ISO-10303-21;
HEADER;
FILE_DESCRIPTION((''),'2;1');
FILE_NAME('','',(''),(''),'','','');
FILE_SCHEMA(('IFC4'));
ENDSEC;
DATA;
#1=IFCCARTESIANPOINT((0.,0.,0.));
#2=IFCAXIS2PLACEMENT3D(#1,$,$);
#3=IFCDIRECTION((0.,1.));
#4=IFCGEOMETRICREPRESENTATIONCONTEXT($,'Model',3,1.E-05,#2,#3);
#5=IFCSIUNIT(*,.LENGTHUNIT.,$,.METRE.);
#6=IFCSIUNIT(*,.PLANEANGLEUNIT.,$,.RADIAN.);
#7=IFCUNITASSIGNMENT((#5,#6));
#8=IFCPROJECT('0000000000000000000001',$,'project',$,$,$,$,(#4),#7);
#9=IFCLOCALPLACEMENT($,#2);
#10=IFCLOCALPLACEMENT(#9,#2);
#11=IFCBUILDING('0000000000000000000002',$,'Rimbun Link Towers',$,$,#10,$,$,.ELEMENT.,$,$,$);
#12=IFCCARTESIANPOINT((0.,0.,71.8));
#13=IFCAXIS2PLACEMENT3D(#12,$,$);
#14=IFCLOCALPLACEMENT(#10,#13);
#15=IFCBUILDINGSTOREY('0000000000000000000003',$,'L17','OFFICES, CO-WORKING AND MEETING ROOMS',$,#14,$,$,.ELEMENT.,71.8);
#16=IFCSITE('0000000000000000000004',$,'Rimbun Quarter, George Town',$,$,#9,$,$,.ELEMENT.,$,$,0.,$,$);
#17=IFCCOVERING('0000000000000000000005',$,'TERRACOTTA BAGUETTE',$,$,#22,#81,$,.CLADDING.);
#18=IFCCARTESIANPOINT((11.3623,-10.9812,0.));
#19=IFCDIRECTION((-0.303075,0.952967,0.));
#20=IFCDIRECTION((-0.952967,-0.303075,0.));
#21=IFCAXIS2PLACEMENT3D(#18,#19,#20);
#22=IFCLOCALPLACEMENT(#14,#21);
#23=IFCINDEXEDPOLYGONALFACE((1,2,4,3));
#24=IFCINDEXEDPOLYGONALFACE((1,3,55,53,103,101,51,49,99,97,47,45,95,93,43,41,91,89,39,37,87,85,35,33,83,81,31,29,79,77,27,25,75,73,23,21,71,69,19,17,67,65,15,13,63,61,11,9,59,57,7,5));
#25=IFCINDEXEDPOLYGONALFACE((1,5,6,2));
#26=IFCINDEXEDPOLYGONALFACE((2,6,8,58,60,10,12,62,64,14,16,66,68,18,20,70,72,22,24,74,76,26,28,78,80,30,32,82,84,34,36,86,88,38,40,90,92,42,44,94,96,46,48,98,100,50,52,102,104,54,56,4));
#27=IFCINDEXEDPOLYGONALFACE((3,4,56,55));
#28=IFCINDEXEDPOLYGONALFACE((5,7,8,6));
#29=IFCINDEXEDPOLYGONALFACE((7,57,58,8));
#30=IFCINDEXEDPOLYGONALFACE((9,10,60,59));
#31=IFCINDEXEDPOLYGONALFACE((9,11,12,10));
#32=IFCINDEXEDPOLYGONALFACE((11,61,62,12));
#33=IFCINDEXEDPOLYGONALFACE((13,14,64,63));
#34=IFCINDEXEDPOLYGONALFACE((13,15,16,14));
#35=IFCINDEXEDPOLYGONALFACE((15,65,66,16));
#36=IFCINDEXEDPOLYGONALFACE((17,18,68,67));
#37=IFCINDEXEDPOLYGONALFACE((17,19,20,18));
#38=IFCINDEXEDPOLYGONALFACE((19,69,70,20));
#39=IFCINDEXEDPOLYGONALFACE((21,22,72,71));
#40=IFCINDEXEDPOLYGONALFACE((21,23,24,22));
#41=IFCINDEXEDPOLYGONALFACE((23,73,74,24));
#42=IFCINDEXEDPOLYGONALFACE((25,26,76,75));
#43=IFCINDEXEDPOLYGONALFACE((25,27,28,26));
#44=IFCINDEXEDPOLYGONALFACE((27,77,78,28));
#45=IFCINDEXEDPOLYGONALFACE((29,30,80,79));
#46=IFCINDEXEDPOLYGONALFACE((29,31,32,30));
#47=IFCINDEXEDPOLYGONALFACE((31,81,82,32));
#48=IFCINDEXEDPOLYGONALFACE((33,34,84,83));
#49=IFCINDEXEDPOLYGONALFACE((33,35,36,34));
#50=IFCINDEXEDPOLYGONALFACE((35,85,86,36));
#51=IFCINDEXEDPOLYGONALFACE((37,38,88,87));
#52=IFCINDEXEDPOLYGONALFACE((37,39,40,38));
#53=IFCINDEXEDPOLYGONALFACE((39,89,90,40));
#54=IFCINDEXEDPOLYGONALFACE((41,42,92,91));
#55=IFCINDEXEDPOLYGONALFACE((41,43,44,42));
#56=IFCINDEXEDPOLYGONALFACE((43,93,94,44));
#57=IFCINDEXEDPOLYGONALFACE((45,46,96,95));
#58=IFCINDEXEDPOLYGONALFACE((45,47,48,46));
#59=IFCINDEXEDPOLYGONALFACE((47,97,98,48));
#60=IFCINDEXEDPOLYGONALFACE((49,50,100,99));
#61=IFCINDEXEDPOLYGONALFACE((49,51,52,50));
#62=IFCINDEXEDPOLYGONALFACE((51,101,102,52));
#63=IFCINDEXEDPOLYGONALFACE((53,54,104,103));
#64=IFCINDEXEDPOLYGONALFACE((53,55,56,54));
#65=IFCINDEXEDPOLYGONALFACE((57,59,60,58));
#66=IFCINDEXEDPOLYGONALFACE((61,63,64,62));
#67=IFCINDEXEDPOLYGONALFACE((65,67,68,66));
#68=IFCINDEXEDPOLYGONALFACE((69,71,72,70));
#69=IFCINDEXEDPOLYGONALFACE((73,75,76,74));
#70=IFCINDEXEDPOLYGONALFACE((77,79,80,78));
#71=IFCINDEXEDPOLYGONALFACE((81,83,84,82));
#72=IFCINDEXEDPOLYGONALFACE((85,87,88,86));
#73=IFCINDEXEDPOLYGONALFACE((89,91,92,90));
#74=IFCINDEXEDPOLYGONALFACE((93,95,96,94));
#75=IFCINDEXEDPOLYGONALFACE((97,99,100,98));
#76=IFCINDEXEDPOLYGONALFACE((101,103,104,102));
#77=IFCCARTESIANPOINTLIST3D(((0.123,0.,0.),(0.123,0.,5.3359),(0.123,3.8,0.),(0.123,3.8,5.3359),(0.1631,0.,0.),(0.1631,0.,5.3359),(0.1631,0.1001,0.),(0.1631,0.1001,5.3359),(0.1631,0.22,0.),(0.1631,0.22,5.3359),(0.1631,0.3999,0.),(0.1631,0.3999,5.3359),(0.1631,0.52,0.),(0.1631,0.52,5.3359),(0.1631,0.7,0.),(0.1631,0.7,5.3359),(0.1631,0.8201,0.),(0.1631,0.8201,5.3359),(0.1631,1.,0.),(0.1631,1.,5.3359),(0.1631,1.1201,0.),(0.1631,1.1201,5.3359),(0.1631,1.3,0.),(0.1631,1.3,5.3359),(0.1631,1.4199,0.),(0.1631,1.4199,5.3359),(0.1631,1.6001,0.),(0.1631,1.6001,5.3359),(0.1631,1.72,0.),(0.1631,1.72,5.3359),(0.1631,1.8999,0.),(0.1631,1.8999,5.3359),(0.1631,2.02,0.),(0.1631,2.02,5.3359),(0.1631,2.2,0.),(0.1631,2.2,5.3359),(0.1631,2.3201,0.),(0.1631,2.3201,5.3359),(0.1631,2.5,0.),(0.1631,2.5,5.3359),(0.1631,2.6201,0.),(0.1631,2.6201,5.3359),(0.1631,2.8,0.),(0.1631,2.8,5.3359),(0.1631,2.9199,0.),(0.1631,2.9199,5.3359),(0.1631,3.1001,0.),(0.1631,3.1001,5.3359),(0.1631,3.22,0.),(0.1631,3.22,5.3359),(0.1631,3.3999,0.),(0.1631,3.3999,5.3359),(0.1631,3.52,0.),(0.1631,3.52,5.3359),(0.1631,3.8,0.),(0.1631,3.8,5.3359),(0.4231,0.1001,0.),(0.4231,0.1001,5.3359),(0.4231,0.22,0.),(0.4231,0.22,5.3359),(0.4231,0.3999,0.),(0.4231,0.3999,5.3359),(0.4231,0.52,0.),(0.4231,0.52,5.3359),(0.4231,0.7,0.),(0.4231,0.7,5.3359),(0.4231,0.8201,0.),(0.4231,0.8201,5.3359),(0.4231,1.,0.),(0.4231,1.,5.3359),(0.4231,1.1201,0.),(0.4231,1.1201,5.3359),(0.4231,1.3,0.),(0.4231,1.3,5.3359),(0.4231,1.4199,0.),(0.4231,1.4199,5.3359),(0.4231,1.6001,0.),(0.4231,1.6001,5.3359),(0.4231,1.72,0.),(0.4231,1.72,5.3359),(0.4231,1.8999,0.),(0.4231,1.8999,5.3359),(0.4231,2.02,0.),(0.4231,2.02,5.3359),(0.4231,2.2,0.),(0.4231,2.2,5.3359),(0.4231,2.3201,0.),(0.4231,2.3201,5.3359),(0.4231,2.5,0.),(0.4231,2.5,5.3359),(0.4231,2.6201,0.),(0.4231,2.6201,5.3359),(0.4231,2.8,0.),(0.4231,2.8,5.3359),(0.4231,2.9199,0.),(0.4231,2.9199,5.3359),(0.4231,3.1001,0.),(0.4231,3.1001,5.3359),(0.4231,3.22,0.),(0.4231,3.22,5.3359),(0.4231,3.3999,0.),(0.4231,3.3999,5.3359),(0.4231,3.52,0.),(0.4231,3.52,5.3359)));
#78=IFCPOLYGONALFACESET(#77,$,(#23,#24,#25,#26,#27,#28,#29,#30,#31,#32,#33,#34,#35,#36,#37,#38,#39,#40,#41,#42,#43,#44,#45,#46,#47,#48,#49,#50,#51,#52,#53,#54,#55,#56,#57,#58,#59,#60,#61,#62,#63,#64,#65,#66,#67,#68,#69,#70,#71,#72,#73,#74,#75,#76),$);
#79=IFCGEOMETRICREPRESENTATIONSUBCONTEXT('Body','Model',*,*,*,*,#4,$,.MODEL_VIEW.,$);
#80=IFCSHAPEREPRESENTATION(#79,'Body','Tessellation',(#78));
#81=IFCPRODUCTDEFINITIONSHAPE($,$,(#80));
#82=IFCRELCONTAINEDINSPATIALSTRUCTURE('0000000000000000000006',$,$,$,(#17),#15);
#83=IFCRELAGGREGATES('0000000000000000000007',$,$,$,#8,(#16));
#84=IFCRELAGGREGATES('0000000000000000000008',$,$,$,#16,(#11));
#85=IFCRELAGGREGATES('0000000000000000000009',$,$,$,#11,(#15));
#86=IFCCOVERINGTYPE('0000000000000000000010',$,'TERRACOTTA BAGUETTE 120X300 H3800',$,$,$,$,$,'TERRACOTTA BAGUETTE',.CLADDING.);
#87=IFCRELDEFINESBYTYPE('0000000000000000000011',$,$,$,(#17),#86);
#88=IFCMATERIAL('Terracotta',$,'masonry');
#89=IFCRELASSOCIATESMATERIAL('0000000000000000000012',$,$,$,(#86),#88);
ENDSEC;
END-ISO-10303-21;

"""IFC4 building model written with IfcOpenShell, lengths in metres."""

from ifc_helpers import new_model, si_unit, direction, frame, origin, place, context, subcontext, project, spatial, polyline, outline, extrude, material, material_profile, profile_set, type_object, element, save


model = new_model("IFC4")

# Units and contexts
model_context = context("Model", 3, precision=1e-05, world=origin(), true_north=direction((0.0, 1.0)))
body_context = subcontext(model_context, "Body", "Model", "MODEL_VIEW")
ifc_project = project(units=[si_unit("LENGTHUNIT", "METRE"), si_unit("PLANEANGLEUNIT", "RADIAN")], contexts=[model_context])

# Site, building, storey
site_placement = place(None, origin())
site = spatial("IfcSite", under=ifc_project, at=site_placement, Name="Rimbun Quarter, George Town", CompositionType="ELEMENT", RefElevation=0.0)
building_placement = place(site_placement, origin())
building = spatial("IfcBuilding", under=site, at=building_placement, Name="Rimbun Link Towers", CompositionType="ELEMENT")
storey_placement = place(building_placement, frame((0.0, 0.0, 71.8)))
storey = spatial("IfcBuildingStorey", under=building, at=storey_placement, Name="L17", Description="OFFICES, CO-WORKING AND MEETING ROOMS", CompositionType="ELEMENT", Elevation=71.8)

# Covering
ifc_material_1 = material(Name="Terracotta", Category="masonry")
ifc_material_profile_1 = material_profile(ifc_material_1, outline(polyline([(0.123, 0.0), (0.1631, 0.0), (0.1631, 0.1001), (0.4231, 0.1001), (0.4231, 0.22), (0.1631, 0.22), (0.1631, 0.3999), (0.4231, 0.3999), (0.4231, 0.52), (0.1631, 0.52), (0.1631, 0.7), (0.4231, 0.7), (0.4231, 0.8201), (0.1631, 0.8201), (0.1631, 1.0), (0.4231, 1.0), (0.4231, 1.1201), (0.1631, 1.1201), (0.1631, 1.3), (0.4231, 1.3), (0.4231, 1.4199), (0.1631, 1.4199), (0.1631, 1.6001), (0.4231, 1.6001), (0.4231, 1.72), (0.1631, 1.72), (0.1631, 1.8999), (0.4231, 1.8999), (0.4231, 2.02), (0.1631, 2.02), (0.1631, 2.2), (0.4231, 2.2), (0.4231, 2.3201), (0.1631, 2.3201), (0.1631, 2.5), (0.4231, 2.5), (0.4231, 2.6201), (0.1631, 2.6201), (0.1631, 2.8), (0.4231, 2.8), (0.4231, 2.9199), (0.1631, 2.9199), (0.1631, 3.1001), (0.4231, 3.1001), (0.4231, 3.22), (0.1631, 3.22), (0.1631, 3.3999), (0.4231, 3.3999), (0.4231, 3.52), (0.1631, 3.52), (0.1631, 3.8), (0.123, 3.8), (0.123, 0.0)])), Name="BAGUETTE 120X300")
ifc_profile_set_1 = profile_set([ifc_material_profile_1], Name="Terracotta")
covering_type_1 = type_object("IfcCoveringType", Name="TERRACOTTA BAGUETTE 120X300 H3800", ElementType="TERRACOTTA BAGUETTE", PredefinedType="CLADDING", material=ifc_profile_set_1)
covering_1_placement = place(storey_placement, frame((11.3623, -10.9812, 0.0), z_axis=(-0.303075, 0.952967, 0.0), x_axis=(-0.952967, -0.303075, 0.0)))
element("IfcCovering", 1, at=covering_1_placement, inside=storey, type_object=covering_type_1, Name="TERRACOTTA BAGUETTE", PredefinedType="CLADDING", context=body_context, shape_type="SweptSolid", body=[
    extrude(outline(polyline([(0.123, 0.0), (0.1631, 0.0), (0.1631, 0.1001), (0.4231, 0.1001), (0.4231, 0.22), (0.1631, 0.22), (0.1631, 0.3999), (0.4231, 0.3999), (0.4231, 0.52), (0.1631, 0.52), (0.1631, 0.7), (0.4231, 0.7), (0.4231, 0.8201), (0.1631, 0.8201), (0.1631, 1.0), (0.4231, 1.0), (0.4231, 1.1201), (0.1631, 1.1201), (0.1631, 1.3), (0.4231, 1.3), (0.4231, 1.4199), (0.1631, 1.4199), (0.1631, 1.6001), (0.4231, 1.6001), (0.4231, 1.72), (0.1631, 1.72), (0.1631, 1.8999), (0.4231, 1.8999), (0.4231, 2.02), (0.1631, 2.02), (0.1631, 2.2), (0.4231, 2.2), (0.4231, 2.3201), (0.1631, 2.3201), (0.1631, 2.5), (0.4231, 2.5), (0.4231, 2.6201), (0.1631, 2.6201), (0.1631, 2.8), (0.4231, 2.8), (0.4231, 2.9199), (0.1631, 2.9199), (0.1631, 3.1001), (0.4231, 3.1001), (0.4231, 3.22), (0.1631, 3.22), (0.1631, 3.3999), (0.4231, 3.3999), (0.4231, 3.52), (0.1631, 3.52), (0.1631, 3.8), (0.123, 3.8), (0.123, 0.0)])), origin(), (0.0, 0.0, 1.0), 5.3359),
])

save(model, "model.ifc")
